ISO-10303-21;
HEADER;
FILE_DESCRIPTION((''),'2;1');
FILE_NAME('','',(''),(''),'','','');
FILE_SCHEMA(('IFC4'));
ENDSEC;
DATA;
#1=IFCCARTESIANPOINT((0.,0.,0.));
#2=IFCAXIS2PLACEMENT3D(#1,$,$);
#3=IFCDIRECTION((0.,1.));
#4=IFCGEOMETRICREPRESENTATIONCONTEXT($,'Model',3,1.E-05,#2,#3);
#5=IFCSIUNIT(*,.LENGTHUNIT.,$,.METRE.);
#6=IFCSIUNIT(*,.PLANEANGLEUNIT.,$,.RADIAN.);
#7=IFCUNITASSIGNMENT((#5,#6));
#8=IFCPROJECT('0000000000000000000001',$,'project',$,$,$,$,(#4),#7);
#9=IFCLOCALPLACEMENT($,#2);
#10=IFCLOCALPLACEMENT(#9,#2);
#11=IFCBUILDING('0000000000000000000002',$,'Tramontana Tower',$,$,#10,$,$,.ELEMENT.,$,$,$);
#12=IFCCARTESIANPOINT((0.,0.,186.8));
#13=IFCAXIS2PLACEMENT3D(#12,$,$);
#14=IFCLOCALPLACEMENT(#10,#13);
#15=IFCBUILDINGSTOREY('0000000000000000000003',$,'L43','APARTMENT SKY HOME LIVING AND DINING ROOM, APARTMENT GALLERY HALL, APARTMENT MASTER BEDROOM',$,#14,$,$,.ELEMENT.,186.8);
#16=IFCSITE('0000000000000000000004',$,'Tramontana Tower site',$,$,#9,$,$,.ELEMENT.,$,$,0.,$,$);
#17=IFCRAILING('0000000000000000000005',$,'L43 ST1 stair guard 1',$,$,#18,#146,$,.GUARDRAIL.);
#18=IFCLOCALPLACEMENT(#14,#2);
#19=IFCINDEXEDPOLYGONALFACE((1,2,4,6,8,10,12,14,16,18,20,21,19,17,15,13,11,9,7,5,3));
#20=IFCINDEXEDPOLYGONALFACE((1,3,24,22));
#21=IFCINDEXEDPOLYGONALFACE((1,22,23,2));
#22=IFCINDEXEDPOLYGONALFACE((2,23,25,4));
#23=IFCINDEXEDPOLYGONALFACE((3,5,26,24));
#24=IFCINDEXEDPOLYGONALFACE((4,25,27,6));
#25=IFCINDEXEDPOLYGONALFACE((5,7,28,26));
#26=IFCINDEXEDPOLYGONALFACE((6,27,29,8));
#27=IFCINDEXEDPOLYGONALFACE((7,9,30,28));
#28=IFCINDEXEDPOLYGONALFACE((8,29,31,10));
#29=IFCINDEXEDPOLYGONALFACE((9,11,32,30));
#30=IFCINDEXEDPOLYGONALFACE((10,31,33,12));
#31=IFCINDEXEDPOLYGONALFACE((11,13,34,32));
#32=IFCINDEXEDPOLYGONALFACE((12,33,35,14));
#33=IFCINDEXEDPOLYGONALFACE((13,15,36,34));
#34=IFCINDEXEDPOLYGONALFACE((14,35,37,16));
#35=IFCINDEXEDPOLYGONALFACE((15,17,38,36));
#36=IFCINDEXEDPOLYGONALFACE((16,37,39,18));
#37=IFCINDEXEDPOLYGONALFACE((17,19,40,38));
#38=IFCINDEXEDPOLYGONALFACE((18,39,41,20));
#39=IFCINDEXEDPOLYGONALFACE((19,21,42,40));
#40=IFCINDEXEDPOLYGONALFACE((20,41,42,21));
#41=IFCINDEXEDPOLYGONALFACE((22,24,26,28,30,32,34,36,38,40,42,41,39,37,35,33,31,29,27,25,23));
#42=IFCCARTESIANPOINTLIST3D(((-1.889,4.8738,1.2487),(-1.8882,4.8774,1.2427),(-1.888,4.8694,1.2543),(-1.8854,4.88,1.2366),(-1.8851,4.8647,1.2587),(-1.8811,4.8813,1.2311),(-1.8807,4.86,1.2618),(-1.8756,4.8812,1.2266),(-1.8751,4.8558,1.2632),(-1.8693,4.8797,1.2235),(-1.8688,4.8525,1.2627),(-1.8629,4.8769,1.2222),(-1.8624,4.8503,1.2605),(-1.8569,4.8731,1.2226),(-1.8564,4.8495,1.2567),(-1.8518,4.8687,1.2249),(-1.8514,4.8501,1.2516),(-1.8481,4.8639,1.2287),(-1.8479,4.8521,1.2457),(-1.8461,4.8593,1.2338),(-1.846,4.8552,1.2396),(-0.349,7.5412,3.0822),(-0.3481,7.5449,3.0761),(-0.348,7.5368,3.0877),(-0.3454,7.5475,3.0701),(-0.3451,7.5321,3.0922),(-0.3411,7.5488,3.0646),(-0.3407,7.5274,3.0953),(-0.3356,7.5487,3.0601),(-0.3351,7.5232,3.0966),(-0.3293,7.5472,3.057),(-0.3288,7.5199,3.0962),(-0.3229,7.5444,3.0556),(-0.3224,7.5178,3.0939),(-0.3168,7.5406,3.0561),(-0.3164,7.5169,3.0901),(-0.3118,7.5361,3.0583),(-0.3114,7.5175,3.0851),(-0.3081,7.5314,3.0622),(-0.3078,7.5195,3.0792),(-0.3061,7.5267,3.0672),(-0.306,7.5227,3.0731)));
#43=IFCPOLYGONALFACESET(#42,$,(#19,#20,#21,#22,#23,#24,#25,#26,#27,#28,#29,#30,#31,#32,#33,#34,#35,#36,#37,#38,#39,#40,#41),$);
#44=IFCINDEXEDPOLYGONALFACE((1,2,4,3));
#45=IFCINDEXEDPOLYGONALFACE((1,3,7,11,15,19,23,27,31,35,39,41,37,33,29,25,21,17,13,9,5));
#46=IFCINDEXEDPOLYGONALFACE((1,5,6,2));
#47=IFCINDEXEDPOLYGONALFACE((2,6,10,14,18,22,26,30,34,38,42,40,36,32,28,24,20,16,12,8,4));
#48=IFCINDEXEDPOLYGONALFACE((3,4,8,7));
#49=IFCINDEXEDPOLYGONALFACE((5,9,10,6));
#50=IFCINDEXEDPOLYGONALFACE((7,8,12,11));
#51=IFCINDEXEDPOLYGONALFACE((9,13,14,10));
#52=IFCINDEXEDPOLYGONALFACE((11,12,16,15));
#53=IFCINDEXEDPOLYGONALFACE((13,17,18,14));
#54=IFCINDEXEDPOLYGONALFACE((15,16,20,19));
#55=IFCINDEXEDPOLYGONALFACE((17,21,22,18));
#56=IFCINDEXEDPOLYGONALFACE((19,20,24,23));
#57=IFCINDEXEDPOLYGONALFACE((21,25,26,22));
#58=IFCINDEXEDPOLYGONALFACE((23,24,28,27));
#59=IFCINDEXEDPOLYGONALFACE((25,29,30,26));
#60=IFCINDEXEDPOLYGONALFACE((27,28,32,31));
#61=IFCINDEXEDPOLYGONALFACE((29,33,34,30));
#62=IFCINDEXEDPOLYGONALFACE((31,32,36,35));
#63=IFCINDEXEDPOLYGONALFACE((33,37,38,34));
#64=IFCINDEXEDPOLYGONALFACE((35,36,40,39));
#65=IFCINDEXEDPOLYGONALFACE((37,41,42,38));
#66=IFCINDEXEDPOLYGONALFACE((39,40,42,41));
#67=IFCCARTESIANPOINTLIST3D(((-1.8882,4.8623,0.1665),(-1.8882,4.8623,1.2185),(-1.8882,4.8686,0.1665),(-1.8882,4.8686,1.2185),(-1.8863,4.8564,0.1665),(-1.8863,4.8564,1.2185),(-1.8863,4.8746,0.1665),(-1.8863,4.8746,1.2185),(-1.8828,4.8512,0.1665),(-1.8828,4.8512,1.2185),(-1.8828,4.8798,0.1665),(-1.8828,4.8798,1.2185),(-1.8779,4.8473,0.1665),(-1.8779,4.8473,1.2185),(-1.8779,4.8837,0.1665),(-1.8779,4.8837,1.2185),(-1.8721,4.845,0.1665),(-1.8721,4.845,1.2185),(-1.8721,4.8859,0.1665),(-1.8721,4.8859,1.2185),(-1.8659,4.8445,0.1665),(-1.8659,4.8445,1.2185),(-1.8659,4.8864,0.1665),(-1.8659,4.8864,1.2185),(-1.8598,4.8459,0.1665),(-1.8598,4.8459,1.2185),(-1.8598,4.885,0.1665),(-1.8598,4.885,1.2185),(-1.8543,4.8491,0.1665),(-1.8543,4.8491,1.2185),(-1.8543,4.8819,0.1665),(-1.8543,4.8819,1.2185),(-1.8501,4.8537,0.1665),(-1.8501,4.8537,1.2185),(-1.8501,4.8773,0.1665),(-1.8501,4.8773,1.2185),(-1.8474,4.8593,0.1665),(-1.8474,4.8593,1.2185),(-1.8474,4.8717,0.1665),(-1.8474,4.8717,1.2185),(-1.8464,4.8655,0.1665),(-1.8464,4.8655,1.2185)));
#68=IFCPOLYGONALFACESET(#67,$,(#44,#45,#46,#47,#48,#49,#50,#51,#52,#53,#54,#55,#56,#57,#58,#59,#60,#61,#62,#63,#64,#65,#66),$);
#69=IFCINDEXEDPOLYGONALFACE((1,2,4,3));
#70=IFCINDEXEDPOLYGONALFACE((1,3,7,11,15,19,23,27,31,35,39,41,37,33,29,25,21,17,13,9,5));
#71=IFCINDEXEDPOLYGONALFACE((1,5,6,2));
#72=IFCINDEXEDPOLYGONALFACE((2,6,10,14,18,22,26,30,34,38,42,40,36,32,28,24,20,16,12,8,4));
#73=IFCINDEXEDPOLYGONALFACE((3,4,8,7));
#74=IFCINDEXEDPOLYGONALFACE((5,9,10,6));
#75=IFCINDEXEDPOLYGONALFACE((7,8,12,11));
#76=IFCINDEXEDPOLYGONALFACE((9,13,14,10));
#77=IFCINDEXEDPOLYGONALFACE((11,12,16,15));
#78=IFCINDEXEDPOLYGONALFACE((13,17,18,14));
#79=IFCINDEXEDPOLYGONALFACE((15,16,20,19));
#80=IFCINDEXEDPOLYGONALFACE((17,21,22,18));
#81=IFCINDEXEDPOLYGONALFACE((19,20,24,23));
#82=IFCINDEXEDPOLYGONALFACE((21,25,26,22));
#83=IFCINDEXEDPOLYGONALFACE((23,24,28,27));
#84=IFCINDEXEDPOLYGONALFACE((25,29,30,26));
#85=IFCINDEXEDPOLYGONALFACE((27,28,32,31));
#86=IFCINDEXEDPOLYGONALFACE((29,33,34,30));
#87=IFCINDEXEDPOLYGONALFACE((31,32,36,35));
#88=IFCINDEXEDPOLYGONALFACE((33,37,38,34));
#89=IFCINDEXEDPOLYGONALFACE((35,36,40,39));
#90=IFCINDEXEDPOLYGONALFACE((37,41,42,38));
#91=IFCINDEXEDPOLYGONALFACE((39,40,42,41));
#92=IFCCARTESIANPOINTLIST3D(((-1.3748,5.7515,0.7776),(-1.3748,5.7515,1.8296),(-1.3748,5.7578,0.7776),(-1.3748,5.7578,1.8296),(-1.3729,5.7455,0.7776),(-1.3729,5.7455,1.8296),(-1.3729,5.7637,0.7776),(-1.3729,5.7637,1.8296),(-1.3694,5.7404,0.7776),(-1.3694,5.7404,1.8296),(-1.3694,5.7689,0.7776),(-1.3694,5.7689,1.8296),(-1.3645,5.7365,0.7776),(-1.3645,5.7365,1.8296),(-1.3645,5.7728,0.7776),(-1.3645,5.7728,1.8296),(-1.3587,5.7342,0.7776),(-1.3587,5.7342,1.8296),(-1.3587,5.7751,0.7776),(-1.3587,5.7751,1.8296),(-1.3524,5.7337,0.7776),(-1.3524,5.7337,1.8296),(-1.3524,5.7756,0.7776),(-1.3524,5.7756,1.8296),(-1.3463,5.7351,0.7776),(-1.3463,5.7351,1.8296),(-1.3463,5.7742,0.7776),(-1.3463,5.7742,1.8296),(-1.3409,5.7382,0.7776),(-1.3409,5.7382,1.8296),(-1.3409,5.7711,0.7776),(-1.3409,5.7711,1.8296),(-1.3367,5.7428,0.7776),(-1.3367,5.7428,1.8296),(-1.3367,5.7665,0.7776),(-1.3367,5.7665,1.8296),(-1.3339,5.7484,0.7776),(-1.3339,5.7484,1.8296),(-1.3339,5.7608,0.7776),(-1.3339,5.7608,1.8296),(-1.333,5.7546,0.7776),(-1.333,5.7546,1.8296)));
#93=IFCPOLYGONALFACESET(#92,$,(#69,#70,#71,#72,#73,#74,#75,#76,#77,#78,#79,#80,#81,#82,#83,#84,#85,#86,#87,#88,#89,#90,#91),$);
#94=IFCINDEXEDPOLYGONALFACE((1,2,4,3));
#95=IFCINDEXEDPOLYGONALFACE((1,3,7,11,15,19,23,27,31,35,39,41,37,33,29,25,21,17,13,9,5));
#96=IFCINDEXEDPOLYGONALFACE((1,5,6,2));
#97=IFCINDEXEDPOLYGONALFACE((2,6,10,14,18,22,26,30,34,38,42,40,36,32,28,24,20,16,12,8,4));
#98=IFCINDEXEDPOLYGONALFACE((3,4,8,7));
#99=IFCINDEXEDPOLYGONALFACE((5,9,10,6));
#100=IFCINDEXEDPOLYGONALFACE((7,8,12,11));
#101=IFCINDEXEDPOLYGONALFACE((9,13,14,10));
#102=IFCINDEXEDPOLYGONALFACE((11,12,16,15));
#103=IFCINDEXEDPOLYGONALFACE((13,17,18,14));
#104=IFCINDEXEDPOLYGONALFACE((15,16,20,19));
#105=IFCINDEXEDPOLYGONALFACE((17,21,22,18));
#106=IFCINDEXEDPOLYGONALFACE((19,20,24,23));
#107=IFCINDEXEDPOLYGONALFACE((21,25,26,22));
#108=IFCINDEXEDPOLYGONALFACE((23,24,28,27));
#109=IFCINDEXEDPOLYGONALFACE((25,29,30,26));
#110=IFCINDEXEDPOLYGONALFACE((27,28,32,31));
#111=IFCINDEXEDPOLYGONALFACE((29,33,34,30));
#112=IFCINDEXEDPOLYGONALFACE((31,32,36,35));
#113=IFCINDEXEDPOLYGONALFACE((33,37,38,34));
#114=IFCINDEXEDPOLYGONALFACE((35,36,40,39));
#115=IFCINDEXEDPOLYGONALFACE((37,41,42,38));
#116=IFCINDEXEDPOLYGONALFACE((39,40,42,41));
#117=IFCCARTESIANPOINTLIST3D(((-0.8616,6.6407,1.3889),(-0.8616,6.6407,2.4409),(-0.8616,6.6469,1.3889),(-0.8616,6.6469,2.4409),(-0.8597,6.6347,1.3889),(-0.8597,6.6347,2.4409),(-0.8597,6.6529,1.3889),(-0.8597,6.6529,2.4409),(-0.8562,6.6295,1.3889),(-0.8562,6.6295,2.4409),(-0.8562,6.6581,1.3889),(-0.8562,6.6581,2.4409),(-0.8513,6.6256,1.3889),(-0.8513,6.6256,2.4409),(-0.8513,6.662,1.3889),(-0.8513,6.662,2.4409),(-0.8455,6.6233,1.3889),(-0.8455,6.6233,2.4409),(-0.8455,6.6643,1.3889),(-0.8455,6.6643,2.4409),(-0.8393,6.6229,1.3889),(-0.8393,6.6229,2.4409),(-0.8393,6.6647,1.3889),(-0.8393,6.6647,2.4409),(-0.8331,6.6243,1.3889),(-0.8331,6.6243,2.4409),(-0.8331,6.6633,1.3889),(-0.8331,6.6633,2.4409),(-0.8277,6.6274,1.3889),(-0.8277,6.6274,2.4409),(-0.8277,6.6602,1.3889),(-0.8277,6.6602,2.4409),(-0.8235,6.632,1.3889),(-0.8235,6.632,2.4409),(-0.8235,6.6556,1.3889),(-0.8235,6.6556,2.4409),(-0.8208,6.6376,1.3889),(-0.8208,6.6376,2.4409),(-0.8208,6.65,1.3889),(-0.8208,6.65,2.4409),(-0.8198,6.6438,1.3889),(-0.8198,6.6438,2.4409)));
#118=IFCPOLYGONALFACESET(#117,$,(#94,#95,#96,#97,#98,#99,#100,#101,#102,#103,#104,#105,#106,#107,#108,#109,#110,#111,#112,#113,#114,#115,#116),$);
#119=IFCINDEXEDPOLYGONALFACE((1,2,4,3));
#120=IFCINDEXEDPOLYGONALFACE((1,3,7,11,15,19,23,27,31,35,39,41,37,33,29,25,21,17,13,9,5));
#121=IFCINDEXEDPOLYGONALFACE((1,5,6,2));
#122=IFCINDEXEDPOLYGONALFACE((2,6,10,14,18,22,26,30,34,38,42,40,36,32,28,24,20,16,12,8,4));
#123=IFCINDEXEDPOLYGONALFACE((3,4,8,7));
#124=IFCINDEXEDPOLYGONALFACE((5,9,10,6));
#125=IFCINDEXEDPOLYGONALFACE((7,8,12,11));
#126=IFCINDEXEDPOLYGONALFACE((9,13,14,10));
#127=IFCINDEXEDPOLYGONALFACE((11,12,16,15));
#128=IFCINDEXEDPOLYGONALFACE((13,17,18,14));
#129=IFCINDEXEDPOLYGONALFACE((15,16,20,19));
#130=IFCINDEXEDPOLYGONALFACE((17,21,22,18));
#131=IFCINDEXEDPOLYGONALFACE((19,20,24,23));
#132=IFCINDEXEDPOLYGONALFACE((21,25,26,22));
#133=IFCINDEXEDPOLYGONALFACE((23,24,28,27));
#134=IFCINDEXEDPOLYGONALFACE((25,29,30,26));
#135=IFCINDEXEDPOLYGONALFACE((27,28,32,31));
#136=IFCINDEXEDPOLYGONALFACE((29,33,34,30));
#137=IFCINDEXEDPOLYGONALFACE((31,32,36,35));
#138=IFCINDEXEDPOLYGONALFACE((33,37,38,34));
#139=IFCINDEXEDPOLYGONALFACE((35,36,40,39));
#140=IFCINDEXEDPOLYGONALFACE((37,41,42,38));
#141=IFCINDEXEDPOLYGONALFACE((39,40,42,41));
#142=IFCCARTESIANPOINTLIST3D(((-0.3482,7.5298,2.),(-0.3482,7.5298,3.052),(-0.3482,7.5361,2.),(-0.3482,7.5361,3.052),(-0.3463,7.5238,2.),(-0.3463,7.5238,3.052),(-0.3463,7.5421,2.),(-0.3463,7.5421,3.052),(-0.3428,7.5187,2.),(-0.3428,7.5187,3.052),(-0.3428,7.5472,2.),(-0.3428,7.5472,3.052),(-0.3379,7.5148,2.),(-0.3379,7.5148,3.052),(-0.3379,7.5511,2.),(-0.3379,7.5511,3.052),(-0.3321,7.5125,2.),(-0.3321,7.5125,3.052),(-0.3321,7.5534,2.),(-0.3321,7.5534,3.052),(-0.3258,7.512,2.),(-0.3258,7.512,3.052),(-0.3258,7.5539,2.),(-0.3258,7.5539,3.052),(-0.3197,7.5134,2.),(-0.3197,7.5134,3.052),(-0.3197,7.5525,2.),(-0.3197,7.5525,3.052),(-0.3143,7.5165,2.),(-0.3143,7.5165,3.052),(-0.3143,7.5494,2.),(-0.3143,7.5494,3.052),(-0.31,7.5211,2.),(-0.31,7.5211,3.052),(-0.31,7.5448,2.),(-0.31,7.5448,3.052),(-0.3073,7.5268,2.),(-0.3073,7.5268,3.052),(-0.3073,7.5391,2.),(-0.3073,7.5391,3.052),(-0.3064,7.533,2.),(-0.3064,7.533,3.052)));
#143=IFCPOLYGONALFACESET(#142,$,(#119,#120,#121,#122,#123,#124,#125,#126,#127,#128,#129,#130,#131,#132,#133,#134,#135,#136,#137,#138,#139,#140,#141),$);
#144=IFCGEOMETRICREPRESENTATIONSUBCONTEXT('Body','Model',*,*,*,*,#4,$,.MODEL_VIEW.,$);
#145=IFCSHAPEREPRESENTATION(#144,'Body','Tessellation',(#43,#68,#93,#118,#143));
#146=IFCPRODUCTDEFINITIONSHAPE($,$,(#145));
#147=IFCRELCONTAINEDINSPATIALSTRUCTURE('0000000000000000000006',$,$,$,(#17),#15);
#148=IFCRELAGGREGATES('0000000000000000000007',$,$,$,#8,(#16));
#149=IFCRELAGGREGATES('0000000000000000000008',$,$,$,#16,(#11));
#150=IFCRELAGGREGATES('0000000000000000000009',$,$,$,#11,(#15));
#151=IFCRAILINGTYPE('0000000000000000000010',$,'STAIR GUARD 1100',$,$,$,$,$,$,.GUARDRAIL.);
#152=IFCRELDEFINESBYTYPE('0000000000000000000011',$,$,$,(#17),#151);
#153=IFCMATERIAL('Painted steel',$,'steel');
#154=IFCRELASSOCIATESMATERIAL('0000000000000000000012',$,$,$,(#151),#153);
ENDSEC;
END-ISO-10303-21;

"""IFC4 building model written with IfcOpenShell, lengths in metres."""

from ifc_helpers import new_model, si_unit, direction, frame, origin, origin_2d, place, context, subcontext, project, spatial, circle, extrude, material, type_object, element, save


model = new_model("IFC4")

# Units and contexts
model_context = context("Model", 3, precision=1e-05, world=origin(), true_north=direction((0.0, 1.0)))
body_context = subcontext(model_context, "Body", "Model", "MODEL_VIEW")
ifc_project = project(units=[si_unit("LENGTHUNIT", "METRE"), si_unit("PLANEANGLEUNIT", "RADIAN")], contexts=[model_context])

# Site, building, storey
site_placement = place(None, origin())
site = spatial("IfcSite", under=ifc_project, at=site_placement, Name="Tramontana Tower site", CompositionType="ELEMENT", RefElevation=0.0)
building_placement = place(site_placement, origin())
building = spatial("IfcBuilding", under=site, at=building_placement, Name="Tramontana Tower", CompositionType="ELEMENT")
storey_placement = place(building_placement, frame((0.0, 0.0, 186.8)))
storey = spatial("IfcBuildingStorey", under=building, at=storey_placement, Name="L43", Description="APARTMENT SKY HOME LIVING AND DINING ROOM, APARTMENT GALLERY HALL, APARTMENT MASTER BEDROOM", CompositionType="ELEMENT", Elevation=186.8)

# Railing
ifc_material_1 = material(Name="Painted steel", Category="steel")
railing_type_1 = type_object("IfcRailingType", Name="STAIR GUARD 1100", PredefinedType="GUARDRAIL", material=ifc_material_1)
railing_1_placement = place(storey_placement, frame((-1.8674, 4.8655, 0.1665)))
element("IfcRailing", 1, at=railing_1_placement, inside=storey, type_object=railing_type_1, Name="L43 ST1 stair guard 1", PredefinedType="GUARDRAIL", context=body_context, shape_type="SweptSolid", body=[
    extrude(circle(Radius=0.0239, at=origin_2d()), frame((0.0, 0.0, 1.0762), z_axis=(0.429634, 0.744164, 0.511502), x_axis=(-0.86603, 0.499992, 0.0)), (0.0, 0.0, 1.0), 3.5845),
    extrude(circle(Radius=0.021, at=origin_2d()), origin(), (0.0, 0.0, 1.0), 1.052),
    extrude(circle(Radius=0.021, at=origin_2d()), frame((0.5134, 0.8892, 0.6111)), (0.0, 0.0, 1.0), 1.052),
    extrude(circle(Radius=0.021, at=origin_2d()), frame((1.0266, 1.7783, 1.2224)), (0.0, 0.0, 1.0), 1.052),
    extrude(circle(Radius=0.021, at=origin_2d()), frame((1.54, 2.6675, 1.8335)), (0.0, 0.0, 1.0), 1.052),
])

save(model, "model.ifc")
